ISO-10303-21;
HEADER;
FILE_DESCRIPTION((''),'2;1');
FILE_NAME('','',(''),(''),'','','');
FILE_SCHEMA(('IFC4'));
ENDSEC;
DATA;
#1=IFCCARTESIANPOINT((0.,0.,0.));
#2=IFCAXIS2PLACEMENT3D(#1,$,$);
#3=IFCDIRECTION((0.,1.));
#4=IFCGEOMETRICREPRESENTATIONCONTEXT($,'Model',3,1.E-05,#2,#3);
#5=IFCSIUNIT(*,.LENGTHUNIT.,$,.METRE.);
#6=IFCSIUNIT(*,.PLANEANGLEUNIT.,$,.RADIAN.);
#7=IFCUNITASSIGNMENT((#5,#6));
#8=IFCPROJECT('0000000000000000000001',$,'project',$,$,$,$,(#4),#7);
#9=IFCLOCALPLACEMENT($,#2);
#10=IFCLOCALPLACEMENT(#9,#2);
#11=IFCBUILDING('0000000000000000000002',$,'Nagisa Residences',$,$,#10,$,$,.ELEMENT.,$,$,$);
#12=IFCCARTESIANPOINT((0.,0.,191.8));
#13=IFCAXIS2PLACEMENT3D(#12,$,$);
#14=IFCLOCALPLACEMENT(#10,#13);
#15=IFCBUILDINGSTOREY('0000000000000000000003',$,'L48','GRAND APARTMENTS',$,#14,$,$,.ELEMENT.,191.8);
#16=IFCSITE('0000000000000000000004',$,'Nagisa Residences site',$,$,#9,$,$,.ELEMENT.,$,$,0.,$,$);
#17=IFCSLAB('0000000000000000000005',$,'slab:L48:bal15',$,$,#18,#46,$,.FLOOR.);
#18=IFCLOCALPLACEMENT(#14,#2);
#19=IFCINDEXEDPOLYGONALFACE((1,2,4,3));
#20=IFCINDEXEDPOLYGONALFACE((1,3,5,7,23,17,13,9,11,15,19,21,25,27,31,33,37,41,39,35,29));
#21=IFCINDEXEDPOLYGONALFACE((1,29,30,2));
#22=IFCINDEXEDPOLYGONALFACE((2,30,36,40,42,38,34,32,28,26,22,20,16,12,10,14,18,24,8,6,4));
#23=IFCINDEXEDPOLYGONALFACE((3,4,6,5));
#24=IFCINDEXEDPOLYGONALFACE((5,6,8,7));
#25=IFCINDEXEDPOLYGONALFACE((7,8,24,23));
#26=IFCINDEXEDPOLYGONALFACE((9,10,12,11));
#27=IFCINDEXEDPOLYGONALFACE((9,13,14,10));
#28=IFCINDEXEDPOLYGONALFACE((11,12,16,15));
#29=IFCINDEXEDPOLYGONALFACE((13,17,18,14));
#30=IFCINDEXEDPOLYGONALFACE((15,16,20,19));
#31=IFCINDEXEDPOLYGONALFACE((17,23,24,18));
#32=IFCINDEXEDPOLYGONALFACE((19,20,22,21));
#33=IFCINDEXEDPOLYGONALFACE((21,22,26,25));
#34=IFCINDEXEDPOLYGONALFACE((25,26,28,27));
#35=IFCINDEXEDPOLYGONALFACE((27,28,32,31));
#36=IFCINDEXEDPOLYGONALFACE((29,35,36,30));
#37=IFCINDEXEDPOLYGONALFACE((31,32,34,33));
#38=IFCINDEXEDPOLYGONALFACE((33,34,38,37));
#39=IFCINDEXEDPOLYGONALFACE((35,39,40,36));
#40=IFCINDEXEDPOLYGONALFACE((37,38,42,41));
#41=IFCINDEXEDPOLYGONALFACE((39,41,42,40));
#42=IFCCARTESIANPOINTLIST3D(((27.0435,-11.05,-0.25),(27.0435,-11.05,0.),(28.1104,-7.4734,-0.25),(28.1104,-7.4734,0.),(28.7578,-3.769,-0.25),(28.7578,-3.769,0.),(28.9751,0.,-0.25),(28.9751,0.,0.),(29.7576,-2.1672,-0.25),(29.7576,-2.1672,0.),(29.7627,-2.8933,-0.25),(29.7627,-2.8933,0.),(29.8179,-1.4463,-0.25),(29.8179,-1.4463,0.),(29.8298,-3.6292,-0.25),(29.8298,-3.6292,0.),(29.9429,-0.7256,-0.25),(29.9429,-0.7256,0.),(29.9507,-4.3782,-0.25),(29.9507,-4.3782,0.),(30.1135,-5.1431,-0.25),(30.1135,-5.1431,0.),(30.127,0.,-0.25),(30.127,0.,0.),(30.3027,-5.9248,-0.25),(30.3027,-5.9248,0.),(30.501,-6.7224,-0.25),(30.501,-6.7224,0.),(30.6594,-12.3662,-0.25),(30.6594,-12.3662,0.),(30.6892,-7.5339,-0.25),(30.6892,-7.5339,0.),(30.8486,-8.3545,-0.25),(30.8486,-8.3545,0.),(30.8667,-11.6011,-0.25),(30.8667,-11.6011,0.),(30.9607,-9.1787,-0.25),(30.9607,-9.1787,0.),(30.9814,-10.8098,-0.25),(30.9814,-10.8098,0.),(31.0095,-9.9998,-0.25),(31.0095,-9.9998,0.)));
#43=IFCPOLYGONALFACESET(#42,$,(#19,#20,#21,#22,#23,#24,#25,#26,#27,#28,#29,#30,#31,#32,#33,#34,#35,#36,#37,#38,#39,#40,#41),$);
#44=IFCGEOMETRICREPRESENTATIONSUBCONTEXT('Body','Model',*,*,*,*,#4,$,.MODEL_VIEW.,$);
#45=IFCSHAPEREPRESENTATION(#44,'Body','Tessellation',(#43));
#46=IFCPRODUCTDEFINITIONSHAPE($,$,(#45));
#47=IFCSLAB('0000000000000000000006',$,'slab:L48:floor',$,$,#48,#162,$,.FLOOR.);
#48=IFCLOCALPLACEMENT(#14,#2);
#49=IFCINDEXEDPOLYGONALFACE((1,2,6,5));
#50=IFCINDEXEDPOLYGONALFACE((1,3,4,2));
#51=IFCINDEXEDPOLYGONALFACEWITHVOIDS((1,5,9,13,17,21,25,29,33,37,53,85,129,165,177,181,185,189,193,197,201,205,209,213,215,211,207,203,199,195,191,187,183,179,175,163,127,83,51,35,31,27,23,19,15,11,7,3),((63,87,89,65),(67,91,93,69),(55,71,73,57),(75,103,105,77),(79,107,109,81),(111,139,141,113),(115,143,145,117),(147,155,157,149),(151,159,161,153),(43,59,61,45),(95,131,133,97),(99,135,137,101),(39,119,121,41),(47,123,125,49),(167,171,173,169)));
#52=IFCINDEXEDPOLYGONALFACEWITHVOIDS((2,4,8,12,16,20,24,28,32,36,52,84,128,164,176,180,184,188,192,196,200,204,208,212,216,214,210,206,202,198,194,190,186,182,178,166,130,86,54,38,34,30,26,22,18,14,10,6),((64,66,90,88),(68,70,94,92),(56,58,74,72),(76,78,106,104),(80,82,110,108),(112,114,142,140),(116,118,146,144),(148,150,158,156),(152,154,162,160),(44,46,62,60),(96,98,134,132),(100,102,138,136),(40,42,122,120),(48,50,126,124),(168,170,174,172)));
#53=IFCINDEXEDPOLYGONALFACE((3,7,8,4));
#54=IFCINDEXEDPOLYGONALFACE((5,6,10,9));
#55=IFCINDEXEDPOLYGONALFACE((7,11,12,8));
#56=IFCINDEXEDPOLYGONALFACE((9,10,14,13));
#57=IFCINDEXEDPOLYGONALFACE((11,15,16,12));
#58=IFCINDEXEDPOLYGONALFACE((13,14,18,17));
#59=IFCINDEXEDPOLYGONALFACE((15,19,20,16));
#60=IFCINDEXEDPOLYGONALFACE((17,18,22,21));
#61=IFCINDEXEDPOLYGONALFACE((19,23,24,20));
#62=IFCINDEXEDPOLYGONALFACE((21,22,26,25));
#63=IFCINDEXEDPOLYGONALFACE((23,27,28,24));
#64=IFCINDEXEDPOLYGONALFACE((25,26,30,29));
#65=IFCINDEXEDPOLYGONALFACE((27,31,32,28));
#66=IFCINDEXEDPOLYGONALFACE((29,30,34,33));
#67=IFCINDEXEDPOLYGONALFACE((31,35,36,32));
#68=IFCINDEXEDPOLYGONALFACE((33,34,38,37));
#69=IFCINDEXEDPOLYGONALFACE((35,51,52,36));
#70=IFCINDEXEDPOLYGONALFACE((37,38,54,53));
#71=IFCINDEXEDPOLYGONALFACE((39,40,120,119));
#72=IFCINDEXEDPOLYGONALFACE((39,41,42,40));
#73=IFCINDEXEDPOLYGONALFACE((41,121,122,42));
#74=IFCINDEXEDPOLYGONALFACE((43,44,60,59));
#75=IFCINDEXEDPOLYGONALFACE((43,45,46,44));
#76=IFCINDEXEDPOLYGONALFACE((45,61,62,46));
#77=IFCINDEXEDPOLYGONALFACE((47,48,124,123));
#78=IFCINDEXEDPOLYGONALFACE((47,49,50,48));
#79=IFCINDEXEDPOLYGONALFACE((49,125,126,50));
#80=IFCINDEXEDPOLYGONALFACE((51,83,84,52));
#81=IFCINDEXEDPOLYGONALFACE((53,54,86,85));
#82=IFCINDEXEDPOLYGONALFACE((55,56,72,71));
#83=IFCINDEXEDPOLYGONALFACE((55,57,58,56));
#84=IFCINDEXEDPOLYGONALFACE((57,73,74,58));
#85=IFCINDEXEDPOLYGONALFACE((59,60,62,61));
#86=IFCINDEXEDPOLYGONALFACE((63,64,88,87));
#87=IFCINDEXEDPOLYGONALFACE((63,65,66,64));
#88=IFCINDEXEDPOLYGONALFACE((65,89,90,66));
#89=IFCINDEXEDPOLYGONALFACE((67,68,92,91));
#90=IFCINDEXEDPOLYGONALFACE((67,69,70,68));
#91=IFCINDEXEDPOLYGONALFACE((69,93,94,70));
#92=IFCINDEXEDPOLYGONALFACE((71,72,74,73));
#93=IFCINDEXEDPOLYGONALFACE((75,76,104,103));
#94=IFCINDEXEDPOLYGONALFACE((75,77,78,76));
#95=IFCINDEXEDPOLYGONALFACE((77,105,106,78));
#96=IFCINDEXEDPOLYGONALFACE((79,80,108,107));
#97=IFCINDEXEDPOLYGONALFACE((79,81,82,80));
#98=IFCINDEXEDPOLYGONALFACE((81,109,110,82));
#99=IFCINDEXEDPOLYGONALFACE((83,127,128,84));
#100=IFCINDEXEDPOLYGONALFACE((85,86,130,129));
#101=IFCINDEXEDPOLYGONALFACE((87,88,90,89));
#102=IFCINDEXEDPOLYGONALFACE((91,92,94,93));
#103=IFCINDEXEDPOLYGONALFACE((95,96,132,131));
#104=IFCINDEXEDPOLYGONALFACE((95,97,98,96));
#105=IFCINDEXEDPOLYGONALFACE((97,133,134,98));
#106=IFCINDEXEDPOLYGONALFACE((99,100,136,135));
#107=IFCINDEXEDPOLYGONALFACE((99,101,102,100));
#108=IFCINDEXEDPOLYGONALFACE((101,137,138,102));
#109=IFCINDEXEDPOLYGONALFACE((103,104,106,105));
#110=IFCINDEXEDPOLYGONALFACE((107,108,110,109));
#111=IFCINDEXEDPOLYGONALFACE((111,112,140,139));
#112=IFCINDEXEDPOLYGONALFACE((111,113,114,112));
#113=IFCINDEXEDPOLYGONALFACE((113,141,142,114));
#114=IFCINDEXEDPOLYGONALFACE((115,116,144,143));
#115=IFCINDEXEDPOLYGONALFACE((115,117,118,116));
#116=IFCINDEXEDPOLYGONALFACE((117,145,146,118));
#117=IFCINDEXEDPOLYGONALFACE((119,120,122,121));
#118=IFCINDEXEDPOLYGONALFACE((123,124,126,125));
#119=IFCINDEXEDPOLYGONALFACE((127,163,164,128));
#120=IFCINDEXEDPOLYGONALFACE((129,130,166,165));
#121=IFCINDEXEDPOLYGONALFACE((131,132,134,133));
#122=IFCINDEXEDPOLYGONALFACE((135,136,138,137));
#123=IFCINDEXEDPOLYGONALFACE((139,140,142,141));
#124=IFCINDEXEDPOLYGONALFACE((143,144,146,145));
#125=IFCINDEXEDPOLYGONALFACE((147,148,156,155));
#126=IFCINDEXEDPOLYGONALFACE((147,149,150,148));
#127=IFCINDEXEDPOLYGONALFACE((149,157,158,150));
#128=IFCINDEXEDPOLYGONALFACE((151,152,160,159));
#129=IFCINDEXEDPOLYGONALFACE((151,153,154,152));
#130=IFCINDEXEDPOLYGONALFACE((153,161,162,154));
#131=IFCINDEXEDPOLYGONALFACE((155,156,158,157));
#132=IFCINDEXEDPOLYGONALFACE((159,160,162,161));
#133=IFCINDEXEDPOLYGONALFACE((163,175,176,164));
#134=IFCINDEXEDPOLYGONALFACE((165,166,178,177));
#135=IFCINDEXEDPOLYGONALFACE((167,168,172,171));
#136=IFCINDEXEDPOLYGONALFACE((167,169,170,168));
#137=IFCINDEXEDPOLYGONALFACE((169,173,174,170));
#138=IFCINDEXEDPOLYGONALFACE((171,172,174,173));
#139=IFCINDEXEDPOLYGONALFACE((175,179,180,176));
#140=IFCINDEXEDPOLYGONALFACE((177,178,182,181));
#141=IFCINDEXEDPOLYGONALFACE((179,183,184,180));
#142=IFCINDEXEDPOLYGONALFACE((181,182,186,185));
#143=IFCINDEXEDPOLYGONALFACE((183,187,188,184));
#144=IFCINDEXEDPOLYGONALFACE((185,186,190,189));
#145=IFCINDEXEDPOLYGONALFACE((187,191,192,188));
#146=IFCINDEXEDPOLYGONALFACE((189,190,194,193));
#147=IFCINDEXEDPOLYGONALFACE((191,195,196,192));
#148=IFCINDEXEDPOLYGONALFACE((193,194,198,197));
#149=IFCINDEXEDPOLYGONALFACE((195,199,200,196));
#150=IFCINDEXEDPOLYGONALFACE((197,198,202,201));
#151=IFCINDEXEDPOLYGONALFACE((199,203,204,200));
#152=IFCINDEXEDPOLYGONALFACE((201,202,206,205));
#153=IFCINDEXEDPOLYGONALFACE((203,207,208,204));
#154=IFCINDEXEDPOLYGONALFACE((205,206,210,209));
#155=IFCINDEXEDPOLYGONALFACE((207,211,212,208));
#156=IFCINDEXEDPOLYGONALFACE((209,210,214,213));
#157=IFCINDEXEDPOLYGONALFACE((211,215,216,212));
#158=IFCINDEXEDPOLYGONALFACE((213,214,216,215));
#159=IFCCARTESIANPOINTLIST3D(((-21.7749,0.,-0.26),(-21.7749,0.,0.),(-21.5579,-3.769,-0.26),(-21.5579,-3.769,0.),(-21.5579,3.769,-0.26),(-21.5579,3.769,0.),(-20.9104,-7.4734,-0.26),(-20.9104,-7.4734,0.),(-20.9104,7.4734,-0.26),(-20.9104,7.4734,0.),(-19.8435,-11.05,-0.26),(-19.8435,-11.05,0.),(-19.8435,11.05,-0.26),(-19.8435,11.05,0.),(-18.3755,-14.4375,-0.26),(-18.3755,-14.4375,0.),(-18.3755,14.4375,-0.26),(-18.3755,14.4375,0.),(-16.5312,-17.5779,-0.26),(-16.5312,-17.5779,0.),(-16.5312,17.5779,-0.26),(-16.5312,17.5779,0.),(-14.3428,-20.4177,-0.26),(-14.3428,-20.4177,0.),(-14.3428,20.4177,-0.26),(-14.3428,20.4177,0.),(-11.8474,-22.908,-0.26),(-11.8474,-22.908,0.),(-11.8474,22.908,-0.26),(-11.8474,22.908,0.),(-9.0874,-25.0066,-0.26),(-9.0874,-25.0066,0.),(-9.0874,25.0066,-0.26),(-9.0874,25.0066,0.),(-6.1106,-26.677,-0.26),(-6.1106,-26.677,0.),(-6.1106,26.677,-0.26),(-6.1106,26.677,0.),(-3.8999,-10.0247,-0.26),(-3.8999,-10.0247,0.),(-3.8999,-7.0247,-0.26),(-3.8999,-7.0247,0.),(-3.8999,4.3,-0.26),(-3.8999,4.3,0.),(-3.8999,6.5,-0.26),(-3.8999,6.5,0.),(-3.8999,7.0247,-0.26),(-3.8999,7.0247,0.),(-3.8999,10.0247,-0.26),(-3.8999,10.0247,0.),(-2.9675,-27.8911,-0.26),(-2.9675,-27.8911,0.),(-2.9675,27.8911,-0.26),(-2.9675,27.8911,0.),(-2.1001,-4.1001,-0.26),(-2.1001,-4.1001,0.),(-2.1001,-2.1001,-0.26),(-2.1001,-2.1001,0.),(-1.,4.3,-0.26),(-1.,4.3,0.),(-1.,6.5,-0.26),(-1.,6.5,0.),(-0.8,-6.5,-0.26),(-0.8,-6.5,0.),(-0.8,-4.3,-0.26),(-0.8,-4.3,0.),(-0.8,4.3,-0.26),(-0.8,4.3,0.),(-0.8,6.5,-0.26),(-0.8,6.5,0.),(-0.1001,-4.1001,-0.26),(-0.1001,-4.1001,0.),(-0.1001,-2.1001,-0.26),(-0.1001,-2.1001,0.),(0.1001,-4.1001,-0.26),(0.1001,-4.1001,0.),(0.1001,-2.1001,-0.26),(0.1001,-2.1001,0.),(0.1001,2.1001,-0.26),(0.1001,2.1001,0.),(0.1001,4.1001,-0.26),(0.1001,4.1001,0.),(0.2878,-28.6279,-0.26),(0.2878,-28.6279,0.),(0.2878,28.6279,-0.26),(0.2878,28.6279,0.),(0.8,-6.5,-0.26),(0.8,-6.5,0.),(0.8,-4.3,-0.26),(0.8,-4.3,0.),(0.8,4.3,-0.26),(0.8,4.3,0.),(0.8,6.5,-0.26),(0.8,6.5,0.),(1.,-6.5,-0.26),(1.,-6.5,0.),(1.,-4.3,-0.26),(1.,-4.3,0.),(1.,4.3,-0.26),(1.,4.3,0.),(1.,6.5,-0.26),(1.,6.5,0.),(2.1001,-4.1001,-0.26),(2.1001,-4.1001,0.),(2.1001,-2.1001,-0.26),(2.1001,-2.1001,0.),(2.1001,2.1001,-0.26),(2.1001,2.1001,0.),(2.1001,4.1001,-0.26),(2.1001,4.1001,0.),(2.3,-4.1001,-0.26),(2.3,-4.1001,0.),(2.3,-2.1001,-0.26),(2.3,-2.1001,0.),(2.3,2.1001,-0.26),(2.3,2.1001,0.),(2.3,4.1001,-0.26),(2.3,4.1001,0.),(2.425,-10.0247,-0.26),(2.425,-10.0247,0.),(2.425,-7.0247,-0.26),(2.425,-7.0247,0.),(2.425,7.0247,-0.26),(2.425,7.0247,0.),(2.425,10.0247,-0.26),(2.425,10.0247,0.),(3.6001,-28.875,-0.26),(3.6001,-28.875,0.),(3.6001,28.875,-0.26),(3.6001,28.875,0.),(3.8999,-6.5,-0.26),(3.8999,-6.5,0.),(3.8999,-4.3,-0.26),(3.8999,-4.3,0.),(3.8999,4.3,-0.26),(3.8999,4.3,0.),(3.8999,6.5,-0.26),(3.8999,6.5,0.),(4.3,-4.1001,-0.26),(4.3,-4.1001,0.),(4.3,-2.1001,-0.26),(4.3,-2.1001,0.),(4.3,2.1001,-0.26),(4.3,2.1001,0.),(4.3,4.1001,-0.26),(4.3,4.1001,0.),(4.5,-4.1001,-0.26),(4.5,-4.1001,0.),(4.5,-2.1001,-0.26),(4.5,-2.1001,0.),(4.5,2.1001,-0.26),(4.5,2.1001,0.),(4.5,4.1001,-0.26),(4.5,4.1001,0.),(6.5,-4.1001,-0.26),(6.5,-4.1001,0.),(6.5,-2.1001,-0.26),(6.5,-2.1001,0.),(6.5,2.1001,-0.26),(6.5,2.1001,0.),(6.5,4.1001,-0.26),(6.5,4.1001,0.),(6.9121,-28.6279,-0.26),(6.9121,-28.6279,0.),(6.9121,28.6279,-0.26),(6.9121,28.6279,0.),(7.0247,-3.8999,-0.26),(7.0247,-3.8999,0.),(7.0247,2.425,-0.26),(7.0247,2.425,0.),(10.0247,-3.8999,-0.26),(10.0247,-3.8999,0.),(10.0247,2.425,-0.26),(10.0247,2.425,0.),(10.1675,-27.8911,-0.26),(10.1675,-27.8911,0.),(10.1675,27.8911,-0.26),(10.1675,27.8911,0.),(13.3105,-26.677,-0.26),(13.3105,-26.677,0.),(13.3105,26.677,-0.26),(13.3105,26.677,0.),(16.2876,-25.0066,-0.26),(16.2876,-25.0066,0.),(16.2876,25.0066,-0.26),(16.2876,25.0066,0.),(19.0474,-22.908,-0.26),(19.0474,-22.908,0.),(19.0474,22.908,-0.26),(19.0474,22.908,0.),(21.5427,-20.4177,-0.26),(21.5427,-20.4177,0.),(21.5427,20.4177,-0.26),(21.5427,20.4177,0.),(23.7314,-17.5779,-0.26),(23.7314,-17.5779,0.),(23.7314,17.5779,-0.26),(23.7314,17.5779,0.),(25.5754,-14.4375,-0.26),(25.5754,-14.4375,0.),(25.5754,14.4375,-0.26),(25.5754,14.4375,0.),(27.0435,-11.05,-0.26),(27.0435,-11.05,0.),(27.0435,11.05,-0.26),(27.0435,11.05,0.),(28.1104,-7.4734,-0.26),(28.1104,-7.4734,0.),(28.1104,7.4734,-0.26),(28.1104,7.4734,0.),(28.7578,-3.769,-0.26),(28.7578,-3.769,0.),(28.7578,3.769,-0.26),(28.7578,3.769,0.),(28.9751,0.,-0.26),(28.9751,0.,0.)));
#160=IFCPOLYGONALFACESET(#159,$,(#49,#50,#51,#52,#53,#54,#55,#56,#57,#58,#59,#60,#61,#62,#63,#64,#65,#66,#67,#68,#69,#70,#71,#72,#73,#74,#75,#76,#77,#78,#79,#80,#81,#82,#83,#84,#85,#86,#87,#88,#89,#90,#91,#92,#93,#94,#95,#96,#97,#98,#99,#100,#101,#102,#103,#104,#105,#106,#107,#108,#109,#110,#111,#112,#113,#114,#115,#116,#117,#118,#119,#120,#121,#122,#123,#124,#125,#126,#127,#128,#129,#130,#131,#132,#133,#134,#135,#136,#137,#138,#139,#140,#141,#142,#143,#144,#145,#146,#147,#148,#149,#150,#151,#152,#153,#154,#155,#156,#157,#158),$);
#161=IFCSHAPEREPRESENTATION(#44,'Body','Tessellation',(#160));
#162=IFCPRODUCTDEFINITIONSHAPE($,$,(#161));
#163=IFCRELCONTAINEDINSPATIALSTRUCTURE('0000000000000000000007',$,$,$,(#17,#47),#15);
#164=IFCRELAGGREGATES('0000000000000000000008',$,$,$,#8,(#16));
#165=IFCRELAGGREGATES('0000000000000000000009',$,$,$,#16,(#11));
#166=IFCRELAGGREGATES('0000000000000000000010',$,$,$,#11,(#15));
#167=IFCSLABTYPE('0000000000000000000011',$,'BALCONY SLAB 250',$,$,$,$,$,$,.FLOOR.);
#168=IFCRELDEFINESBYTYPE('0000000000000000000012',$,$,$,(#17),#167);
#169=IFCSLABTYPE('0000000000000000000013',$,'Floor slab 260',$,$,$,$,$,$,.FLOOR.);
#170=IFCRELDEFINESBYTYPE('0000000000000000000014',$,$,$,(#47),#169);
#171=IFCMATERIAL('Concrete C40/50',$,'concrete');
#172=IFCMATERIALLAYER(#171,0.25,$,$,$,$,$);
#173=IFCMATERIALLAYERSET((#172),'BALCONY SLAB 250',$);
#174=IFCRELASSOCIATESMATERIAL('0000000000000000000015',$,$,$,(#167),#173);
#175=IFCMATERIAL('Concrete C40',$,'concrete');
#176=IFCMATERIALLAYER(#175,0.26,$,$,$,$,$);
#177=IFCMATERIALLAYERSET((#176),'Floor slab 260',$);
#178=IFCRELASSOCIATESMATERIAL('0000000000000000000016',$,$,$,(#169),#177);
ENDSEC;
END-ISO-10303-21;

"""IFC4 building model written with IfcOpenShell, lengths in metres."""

from ifc_helpers import new_model, si_unit, direction, frame, origin, place, context, subcontext, project, spatial, polyline, outline, extrude, material, layer, layer_set, type_object, element, save


model = new_model("IFC4")

# Units and contexts
model_context = context("Model", 3, precision=1e-05, world=origin(), true_north=direction((0.0, 1.0)))
body_context = subcontext(model_context, "Body", "Model", "MODEL_VIEW")
ifc_project = project(units=[si_unit("LENGTHUNIT", "METRE"), si_unit("PLANEANGLEUNIT", "RADIAN")], contexts=[model_context])

# Site, building, storey
site_placement = place(None, origin())
site = spatial("IfcSite", under=ifc_project, at=site_placement, Name="Nagisa Residences site", CompositionType="ELEMENT", RefElevation=0.0)
building_placement = place(site_placement, origin())
building = spatial("IfcBuilding", under=site, at=building_placement, Name="Nagisa Residences", CompositionType="ELEMENT")
storey_placement = place(building_placement, frame((0.0, 0.0, 191.8)))
storey = spatial("IfcBuildingStorey", under=building, at=storey_placement, Name="L48", Description="GRAND APARTMENTS", CompositionType="ELEMENT", Elevation=191.8)

# Slabs
ifc_material_1 = material(Name="Concrete C40/50", Category="concrete")
ifc_layer_1 = layer(ifc_material_1, 0.25)
ifc_layer_set_1 = layer_set([ifc_layer_1], Name="BALCONY SLAB 250")
slab_type_1 = type_object("IfcSlabType", Name="BALCONY SLAB 250", PredefinedType="FLOOR", material=ifc_layer_set_1)
slab_1_placement = place(storey_placement, frame((0.0, 0.0, -0.25)))
element("IfcSlab", 1, at=slab_1_placement, inside=storey, type_object=slab_type_1, Name="slab:L48:bal15", PredefinedType="FLOOR", context=body_context, shape_type="SweptSolid", body=[
    extrude(outline(polyline([(30.6594, -12.3662), (30.8667, -11.6011), (30.9814, -10.8098), (31.0095, -9.9998), (30.9607, -9.1787), (30.8486, -8.3545), (30.6892, -7.5339), (30.501, -6.7224), (30.3027, -5.9248), (30.1135, -5.1431), (29.9507, -4.3782), (29.8298, -3.6292), (29.7627, -2.8933), (29.7576, -2.1672), (29.8179, -1.4463), (29.9429, -0.7256), (30.127, 0.0), (28.9751, 0.0), (28.7578, -3.769), (28.1104, -7.4734), (27.0435, -11.05), (30.6594, -12.3662)])), origin(), (0.0, 0.0, 1.0), 0.25),
])
ifc_material_2 = material(Name="Concrete C40", Category="concrete")
ifc_layer_2 = layer(ifc_material_2, 0.26)
ifc_layer_set_2 = layer_set([ifc_layer_2], Name="Floor slab 260")
slab_type_2 = type_object("IfcSlabType", Name="Floor slab 260", PredefinedType="FLOOR", material=ifc_layer_set_2)
slab_2_placement = place(storey_placement, frame((0.0, 0.0, -0.26)))
element("IfcSlab", 2, at=slab_2_placement, inside=storey, type_object=slab_type_2, Name="slab:L48:floor", PredefinedType="FLOOR", context=body_context, shape_type="SweptSolid", body=[
    extrude(outline(polyline([(28.9751, 0.0), (28.7578, 3.769), (28.1104, 7.4734), (27.0435, 11.05), (25.5754, 14.4375), (23.7314, 17.5779), (21.5427, 20.4177), (19.0474, 22.908), (16.2876, 25.0066), (13.3105, 26.677), (10.1675, 27.8911), (6.9121, 28.6279), (3.6001, 28.875), (0.2878, 28.6279), (-2.9675, 27.8911), (-6.1106, 26.677), (-9.0874, 25.0066), (-11.8474, 22.908), (-14.3428, 20.4177), (-16.5312, 17.5779), (-18.3755, 14.4375), (-19.8435, 11.05), (-20.9104, 7.4734), (-21.5579, 3.769), (-21.7749, 0.0), (-21.5579, -3.769), (-20.9104, -7.4734), (-19.8435, -11.05), (-18.3755, -14.4375), (-16.5312, -17.5779), (-14.3428, -20.4177), (-11.8474, -22.908), (-9.0874, -25.0066), (-6.1106, -26.677), (-2.9675, -27.8911), (0.2878, -28.6279), (3.6001, -28.875), (6.9121, -28.6279), (10.1675, -27.8911), (13.3105, -26.677), (16.2876, -25.0066), (19.0474, -22.908), (21.5427, -20.4177), (23.7314, -17.5779), (25.5754, -14.4375), (27.0435, -11.05), (28.1104, -7.4734), (28.7578, -3.769), (28.9751, 0.0)]), holes=[polyline([(2.1001, 2.1001), (2.1001, 4.1001), (0.1001, 4.1001), (0.1001, 2.1001), (2.1001, 2.1001)]), polyline([(4.3, 2.1001), (4.3, 4.1001), (2.3, 4.1001), (2.3, 2.1001), (4.3, 2.1001)]), polyline([(6.5, 2.1001), (6.5, 4.1001), (4.5, 4.1001), (4.5, 2.1001), (6.5, 2.1001)]), polyline([(-0.1001, -4.1001), (-0.1001, -2.1001), (-2.1001, -2.1001), (-2.1001, -4.1001), (-0.1001, -4.1001)]), polyline([(2.1001, -4.1001), (2.1001, -2.1001), (0.1001, -2.1001), (0.1001, -4.1001), (2.1001, -4.1001)]), polyline([(4.3, -4.1001), (4.3, -2.1001), (2.3, -2.1001), (2.3, -4.1001), (4.3, -4.1001)]), polyline([(6.5, -4.1001), (6.5, -2.1001), (4.5, -2.1001), (4.5, -4.1001), (6.5, -4.1001)]), polyline([(3.8999, 4.3), (3.8999, 6.5), (1.0, 6.5), (1.0, 4.3), (3.8999, 4.3)]), polyline([(3.8999, -6.5), (3.8999, -4.3), (1.0, -4.3), (1.0, -6.5), (3.8999, -6.5)]), polyline([(-1.0, 4.3), (-1.0, 6.5), (-3.8999, 6.5), (-3.8999, 4.3), (-1.0, 4.3)]), polyline([(0.8, 4.3), (0.8, 6.5), (-0.8, 6.5), (-0.8, 4.3), (0.8, 4.3)]), polyline([(0.8, -6.5), (0.8, -4.3), (-0.8, -4.3), (-0.8, -6.5), (0.8, -6.5)]), polyline([(10.0247, -3.8999), (7.0247, -3.8999), (7.0247, 2.425), (10.0247, 2.425), (10.0247, -3.8999)]), polyline([(-3.8999, 7.0247), (-3.8999, 10.0247), (2.425, 10.0247), (2.425, 7.0247), (-3.8999, 7.0247)]), polyline([(-3.8999, -10.0247), (-3.8999, -7.0247), (2.425, -7.0247), (2.425, -10.0247), (-3.8999, -10.0247)])]), origin(), (0.0, 0.0, 1.0), 0.26),
])

save(model, "model.ifc")
